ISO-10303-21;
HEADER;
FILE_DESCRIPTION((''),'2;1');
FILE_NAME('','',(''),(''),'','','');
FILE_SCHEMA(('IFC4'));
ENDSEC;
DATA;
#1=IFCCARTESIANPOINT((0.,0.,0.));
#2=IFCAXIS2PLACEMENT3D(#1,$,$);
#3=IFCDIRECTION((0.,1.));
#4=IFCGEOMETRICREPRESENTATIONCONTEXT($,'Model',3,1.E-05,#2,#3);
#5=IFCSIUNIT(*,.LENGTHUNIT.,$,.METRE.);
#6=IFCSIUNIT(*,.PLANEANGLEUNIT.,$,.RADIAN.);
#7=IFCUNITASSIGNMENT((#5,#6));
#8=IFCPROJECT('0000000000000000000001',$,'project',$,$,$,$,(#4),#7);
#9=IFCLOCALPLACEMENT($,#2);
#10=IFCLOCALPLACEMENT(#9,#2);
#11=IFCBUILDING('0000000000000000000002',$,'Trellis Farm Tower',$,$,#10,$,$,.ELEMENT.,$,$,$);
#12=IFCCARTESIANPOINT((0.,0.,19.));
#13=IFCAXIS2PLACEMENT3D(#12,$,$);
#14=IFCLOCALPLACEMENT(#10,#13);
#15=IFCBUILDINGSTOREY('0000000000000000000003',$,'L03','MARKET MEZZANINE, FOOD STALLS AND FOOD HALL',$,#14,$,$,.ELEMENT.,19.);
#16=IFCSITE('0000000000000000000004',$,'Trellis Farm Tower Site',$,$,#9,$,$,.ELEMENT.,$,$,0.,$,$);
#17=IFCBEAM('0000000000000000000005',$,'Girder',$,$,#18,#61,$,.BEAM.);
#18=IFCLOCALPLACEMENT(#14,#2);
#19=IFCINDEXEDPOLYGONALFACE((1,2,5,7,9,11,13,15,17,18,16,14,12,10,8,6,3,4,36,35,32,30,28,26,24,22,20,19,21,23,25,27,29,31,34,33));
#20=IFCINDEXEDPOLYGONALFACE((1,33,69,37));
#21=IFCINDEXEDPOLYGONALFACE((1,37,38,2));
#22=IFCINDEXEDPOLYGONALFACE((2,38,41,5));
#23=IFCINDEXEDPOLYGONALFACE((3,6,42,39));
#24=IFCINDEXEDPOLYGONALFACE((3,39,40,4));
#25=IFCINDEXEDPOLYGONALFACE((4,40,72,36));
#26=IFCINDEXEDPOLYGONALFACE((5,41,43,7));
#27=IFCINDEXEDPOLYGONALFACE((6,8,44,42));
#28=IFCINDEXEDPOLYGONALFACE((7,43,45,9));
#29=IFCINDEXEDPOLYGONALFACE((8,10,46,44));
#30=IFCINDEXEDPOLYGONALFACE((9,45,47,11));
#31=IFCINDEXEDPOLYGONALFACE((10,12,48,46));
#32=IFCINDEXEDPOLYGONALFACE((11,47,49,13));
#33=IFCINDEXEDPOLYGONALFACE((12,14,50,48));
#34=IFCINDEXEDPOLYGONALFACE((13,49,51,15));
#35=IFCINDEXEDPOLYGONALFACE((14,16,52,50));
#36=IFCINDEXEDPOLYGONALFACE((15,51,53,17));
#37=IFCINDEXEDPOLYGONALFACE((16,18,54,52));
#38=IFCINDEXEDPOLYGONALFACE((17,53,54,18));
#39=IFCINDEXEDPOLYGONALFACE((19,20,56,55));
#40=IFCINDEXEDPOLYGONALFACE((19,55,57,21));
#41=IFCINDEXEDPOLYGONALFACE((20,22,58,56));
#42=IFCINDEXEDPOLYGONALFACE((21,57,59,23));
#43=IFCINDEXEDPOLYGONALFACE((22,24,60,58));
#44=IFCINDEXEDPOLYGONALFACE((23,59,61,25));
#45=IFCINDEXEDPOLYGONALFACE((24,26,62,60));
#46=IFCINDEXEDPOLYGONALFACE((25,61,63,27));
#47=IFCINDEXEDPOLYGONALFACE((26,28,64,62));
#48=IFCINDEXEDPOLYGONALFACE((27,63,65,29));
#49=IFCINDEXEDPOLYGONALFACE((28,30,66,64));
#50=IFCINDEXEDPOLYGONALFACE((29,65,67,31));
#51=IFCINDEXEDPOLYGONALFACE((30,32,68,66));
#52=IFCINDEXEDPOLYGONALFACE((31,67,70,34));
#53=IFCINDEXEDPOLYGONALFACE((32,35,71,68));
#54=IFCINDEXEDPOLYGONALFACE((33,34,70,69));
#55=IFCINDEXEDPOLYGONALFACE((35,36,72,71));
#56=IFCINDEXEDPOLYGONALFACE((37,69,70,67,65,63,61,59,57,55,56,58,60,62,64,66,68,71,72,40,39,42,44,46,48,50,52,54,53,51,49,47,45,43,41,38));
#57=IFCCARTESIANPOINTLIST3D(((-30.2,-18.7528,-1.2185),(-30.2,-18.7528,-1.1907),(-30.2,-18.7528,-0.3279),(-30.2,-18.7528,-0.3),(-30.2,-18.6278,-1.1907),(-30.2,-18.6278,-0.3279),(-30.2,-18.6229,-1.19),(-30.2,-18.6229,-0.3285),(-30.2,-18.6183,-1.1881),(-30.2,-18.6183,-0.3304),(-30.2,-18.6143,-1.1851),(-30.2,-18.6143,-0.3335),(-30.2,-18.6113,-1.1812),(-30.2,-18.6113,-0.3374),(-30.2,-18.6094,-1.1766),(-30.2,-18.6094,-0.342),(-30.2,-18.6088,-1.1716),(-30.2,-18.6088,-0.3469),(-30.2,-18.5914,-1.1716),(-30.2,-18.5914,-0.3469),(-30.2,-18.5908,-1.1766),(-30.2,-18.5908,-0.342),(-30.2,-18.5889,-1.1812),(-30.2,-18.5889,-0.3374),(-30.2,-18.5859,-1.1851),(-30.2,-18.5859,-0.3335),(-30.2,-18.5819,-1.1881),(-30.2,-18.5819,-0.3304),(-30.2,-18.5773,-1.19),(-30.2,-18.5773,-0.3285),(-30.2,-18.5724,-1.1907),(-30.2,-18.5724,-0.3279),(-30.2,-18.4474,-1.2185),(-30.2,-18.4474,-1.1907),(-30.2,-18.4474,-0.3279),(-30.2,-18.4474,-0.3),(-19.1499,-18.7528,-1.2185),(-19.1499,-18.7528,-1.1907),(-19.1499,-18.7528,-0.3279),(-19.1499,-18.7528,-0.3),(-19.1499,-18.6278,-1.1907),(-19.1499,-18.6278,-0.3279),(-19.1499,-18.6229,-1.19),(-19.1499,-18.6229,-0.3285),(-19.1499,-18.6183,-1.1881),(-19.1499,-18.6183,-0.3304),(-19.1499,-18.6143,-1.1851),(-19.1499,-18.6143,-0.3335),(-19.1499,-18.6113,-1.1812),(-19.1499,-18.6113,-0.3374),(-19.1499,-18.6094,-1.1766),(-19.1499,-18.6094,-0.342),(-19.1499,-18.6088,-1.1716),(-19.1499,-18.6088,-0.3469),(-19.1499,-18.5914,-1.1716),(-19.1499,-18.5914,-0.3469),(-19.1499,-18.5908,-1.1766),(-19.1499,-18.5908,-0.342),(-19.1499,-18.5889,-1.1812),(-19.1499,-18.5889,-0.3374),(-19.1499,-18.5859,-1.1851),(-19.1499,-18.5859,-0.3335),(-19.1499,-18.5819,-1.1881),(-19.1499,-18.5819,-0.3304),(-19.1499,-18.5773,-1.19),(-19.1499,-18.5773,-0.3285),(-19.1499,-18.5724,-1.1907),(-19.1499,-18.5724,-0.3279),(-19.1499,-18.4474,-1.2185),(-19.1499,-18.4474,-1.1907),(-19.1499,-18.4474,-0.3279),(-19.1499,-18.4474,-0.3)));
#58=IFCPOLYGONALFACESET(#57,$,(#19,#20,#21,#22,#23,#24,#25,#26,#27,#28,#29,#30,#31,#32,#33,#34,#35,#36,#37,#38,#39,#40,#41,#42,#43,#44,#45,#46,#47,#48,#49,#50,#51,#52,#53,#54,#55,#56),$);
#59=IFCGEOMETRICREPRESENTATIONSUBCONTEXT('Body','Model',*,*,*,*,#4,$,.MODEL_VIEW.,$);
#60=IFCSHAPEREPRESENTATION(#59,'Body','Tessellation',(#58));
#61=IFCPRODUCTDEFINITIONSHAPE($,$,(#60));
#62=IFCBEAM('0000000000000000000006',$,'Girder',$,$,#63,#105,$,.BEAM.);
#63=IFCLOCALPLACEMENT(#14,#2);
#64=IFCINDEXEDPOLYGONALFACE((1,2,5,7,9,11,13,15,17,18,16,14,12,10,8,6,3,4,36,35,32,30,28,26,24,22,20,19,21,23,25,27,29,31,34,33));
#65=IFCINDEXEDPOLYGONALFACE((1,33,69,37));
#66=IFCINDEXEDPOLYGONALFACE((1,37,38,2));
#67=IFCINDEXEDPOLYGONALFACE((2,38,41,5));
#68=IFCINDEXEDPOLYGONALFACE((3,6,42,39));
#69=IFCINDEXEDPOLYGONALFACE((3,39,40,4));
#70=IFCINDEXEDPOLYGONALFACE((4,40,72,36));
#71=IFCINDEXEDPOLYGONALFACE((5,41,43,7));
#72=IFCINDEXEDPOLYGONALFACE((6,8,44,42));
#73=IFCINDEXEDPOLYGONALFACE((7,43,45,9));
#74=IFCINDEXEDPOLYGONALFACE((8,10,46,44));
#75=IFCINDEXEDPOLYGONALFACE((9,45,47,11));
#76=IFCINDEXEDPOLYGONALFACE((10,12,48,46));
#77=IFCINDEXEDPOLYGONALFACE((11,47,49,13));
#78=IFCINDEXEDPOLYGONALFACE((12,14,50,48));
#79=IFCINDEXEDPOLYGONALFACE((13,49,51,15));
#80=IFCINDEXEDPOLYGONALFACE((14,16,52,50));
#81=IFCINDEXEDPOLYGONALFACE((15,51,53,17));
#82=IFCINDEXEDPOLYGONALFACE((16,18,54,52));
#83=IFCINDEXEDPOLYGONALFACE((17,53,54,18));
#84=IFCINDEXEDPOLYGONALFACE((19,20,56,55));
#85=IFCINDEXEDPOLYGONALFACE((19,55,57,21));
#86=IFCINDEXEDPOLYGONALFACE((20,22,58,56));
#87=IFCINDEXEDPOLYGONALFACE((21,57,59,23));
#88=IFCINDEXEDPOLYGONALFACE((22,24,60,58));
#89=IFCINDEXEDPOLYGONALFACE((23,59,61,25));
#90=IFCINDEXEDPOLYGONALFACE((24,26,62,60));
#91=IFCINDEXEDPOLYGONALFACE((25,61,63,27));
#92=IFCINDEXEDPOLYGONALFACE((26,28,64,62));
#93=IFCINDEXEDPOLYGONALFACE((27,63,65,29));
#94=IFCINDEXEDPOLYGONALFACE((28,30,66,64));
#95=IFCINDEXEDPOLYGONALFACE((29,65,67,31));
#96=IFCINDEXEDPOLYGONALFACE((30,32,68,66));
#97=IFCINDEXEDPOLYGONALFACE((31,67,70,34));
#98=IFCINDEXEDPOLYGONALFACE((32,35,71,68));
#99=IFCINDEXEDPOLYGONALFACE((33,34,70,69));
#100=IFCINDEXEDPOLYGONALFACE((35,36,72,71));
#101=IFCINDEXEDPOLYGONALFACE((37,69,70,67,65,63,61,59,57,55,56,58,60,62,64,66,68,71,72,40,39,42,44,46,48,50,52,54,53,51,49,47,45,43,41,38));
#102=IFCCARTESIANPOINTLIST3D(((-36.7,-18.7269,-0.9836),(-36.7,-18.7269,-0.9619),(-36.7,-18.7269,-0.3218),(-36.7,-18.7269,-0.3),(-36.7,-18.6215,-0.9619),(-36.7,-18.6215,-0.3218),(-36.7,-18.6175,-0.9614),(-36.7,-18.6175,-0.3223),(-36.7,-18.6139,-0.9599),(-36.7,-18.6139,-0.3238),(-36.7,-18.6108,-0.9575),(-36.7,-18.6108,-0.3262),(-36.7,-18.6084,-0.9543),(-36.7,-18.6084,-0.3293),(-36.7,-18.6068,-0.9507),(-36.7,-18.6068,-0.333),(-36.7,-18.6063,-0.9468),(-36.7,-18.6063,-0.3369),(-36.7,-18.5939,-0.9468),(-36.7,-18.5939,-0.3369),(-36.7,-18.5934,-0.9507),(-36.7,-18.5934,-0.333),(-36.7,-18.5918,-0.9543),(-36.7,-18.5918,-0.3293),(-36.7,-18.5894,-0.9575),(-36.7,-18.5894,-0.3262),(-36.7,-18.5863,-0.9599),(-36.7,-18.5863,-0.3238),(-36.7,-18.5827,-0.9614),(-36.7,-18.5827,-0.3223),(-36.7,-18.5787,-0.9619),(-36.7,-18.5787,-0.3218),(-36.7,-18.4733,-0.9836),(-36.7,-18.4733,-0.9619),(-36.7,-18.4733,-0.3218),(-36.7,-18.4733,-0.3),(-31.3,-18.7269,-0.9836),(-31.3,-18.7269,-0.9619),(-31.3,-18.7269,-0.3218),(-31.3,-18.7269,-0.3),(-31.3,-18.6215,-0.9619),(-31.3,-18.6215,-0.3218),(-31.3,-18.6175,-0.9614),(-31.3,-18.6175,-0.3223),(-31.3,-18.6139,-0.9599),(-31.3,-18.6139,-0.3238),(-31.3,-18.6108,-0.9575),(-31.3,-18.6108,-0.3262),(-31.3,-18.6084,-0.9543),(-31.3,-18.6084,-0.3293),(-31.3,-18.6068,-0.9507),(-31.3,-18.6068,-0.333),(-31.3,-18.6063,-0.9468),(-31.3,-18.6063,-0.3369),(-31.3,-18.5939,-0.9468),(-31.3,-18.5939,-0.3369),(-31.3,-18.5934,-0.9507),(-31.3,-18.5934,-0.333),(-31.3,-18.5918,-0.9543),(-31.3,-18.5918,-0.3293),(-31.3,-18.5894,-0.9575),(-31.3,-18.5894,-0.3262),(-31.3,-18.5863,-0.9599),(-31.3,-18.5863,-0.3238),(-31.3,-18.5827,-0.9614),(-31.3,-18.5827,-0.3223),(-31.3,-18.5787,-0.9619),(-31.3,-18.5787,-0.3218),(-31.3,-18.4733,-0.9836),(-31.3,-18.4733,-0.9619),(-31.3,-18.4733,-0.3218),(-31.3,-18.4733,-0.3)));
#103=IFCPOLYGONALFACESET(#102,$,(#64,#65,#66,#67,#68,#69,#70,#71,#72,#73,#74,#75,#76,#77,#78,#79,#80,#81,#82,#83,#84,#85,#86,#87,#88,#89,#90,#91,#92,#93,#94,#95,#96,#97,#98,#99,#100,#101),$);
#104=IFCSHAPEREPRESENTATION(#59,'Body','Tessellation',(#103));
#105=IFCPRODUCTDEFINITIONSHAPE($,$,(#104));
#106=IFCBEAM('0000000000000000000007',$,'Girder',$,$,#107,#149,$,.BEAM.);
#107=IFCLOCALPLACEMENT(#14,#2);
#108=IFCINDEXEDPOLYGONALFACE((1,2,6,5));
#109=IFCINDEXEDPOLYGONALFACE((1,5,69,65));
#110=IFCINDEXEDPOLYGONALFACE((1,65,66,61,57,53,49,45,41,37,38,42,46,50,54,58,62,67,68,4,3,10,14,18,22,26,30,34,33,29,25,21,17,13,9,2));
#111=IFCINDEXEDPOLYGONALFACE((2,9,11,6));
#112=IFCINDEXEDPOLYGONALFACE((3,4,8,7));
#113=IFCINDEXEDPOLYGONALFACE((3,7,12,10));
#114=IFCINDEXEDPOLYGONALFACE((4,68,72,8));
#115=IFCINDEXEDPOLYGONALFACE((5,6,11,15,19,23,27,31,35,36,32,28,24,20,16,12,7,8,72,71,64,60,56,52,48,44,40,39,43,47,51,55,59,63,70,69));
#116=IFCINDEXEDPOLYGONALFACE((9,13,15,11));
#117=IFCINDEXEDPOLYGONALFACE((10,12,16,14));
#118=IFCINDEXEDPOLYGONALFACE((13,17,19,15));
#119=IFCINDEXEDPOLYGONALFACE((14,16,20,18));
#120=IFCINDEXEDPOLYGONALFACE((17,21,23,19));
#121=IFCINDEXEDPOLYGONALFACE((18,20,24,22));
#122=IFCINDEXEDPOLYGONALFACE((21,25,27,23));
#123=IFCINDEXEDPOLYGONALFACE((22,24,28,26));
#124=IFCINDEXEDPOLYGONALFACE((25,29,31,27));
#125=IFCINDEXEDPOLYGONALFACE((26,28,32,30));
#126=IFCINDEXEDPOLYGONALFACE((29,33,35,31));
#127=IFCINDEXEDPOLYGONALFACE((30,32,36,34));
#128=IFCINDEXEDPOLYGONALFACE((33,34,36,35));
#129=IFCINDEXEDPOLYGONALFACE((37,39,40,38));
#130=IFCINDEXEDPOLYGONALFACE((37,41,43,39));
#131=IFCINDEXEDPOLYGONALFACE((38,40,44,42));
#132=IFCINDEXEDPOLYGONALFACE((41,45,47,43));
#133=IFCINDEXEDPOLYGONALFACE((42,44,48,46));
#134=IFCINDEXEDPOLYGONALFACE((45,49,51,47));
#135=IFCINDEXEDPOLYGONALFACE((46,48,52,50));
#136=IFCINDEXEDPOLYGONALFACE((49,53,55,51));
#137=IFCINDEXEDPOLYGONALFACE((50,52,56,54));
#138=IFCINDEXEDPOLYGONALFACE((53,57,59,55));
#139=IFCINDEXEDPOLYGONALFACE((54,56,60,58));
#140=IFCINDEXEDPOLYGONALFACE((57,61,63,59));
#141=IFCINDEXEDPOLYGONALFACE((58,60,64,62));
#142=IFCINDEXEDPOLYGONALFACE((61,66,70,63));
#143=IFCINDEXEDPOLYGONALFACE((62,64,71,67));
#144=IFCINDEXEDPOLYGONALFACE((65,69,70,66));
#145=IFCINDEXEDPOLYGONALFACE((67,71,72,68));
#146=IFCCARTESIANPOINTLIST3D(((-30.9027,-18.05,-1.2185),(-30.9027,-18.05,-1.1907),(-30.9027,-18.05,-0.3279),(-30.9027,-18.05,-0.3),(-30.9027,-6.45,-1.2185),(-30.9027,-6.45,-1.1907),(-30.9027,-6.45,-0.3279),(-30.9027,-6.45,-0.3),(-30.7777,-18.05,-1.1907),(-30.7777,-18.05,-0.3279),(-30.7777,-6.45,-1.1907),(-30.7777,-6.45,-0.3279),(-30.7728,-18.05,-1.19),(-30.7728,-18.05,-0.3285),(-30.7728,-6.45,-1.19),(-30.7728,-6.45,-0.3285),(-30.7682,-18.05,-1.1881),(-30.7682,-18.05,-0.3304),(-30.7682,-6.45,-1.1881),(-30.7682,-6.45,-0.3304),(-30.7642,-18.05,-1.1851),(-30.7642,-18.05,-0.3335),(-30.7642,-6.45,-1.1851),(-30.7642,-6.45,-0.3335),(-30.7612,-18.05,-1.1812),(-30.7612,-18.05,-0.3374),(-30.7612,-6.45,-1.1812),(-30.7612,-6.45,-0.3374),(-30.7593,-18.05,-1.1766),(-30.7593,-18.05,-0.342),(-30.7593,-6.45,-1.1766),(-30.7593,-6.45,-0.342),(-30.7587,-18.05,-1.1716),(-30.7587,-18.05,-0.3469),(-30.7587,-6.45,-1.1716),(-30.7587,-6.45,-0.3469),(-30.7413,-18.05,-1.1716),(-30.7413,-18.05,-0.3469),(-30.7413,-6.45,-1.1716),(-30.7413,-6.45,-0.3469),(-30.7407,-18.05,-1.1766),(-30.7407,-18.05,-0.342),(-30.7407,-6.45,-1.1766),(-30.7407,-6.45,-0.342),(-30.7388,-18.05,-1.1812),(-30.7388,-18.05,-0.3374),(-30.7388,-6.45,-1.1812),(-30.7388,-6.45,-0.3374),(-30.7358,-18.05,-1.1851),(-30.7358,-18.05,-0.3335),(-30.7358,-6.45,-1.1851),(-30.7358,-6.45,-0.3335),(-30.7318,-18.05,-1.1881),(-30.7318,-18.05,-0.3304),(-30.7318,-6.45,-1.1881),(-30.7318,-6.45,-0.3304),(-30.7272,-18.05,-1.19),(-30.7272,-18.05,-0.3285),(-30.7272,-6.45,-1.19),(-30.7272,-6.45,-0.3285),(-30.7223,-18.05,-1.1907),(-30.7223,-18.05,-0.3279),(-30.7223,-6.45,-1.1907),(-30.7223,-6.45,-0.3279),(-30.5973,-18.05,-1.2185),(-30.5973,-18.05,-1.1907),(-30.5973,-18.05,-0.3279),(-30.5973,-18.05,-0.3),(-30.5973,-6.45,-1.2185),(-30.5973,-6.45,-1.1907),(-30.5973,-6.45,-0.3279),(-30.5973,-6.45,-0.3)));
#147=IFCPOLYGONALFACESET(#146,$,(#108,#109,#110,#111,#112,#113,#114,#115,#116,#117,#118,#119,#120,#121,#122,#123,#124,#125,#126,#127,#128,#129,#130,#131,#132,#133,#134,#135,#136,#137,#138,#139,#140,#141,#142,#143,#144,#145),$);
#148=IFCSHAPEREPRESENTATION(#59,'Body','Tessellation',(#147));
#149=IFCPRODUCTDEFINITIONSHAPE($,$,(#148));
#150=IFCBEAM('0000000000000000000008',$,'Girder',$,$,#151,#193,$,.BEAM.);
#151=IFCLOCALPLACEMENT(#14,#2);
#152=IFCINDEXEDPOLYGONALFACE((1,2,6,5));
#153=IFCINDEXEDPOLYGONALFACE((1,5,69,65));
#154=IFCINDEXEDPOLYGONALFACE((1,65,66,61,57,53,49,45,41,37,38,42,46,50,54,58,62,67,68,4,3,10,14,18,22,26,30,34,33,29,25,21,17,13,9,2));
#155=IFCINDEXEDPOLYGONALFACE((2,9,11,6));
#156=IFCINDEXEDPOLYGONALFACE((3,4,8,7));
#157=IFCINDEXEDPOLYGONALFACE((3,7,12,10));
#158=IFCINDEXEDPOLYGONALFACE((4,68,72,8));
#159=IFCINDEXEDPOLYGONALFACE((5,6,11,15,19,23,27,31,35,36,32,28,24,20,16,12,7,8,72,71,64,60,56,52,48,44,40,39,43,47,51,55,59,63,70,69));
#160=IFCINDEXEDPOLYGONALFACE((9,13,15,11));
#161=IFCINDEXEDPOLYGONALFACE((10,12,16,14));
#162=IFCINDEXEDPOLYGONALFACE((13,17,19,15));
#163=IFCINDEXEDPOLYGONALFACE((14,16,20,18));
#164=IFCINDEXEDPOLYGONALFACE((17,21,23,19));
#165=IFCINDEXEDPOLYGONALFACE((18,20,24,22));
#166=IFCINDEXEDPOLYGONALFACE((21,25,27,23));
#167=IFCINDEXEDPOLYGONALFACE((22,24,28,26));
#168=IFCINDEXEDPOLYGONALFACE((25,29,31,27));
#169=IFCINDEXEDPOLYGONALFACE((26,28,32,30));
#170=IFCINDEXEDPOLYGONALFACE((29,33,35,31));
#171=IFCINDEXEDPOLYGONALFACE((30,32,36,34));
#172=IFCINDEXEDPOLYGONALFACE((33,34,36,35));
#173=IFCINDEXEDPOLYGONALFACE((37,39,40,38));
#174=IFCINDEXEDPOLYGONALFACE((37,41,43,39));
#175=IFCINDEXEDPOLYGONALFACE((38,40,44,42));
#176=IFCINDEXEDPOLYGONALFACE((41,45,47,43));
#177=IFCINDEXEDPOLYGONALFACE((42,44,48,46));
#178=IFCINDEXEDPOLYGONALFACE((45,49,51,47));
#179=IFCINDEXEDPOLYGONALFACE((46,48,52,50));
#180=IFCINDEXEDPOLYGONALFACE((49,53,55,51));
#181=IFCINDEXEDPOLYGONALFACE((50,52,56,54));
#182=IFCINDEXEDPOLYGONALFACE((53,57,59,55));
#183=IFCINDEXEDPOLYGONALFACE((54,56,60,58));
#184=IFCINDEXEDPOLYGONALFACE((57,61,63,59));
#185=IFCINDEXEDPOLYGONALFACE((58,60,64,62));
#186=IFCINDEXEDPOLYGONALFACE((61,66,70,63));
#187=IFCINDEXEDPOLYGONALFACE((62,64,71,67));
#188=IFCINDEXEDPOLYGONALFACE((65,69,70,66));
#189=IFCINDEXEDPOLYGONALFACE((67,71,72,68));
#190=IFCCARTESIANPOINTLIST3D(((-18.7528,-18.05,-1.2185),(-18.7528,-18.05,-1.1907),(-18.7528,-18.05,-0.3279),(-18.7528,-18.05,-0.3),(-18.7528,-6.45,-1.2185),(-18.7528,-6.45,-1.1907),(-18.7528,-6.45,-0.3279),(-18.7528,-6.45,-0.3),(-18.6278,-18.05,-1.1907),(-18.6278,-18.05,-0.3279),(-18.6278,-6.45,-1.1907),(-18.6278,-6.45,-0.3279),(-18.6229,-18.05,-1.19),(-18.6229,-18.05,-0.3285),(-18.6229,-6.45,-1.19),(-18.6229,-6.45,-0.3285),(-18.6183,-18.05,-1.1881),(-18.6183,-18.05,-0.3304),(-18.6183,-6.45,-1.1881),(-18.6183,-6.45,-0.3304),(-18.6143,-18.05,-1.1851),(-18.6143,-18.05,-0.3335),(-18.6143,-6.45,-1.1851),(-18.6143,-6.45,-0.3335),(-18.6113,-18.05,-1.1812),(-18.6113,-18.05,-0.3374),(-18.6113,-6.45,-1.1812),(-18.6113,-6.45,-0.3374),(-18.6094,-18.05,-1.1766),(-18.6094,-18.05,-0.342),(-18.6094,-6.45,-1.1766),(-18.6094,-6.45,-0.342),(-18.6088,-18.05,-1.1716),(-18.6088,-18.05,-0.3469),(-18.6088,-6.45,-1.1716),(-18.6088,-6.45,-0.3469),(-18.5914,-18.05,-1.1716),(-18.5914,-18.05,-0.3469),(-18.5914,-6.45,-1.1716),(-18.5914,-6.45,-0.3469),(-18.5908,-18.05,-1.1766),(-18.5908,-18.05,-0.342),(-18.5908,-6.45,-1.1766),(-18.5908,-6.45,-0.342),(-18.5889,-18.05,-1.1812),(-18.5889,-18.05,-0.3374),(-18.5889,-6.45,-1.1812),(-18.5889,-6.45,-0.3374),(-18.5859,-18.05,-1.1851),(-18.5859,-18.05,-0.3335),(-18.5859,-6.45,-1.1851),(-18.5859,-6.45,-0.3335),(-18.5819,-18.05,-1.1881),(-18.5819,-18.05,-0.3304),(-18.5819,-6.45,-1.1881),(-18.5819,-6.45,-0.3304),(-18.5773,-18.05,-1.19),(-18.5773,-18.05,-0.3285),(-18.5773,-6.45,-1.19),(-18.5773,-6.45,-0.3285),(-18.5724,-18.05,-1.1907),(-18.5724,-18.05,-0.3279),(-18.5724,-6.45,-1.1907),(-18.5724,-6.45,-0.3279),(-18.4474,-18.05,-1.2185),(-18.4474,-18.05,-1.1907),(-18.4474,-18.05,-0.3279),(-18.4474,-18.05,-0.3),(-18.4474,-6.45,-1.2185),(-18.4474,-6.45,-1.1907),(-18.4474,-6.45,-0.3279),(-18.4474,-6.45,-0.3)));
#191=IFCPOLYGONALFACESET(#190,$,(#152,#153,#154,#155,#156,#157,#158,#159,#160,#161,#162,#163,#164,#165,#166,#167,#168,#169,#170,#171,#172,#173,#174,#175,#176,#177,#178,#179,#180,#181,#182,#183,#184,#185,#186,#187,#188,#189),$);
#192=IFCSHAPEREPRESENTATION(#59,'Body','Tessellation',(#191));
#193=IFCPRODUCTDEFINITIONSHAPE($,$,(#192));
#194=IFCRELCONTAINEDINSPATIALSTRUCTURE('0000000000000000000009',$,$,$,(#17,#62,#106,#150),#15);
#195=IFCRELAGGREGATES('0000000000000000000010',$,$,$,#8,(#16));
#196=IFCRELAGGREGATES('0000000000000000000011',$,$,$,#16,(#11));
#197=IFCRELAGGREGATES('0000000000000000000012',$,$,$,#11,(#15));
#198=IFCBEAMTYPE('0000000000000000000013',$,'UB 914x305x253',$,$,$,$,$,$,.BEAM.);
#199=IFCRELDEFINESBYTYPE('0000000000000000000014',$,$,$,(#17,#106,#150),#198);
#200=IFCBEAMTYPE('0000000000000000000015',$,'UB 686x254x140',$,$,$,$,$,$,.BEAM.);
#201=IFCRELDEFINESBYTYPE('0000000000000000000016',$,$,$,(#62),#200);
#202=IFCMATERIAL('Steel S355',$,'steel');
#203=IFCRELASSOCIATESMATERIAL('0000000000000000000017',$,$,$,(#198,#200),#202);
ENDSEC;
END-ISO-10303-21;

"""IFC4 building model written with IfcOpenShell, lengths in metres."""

from ifc_helpers import new_model, si_unit, direction, frame, origin, origin_2d, place, context, subcontext, project, spatial, i_section, extrude, source, transform, mapped, material, material_profile, profile_set, type_object, element, save


model = new_model("IFC4")

# Units and contexts
model_context = context("Model", 3, precision=1e-05, world=origin(), true_north=direction((0.0, 1.0)))
body_context = subcontext(model_context, "Body", "Model", "MODEL_VIEW")
ifc_project = project(units=[si_unit("LENGTHUNIT", "METRE"), si_unit("PLANEANGLEUNIT", "RADIAN")], contexts=[model_context])

# Site, building, storey
site_placement = place(None, origin())
site = spatial("IfcSite", under=ifc_project, at=site_placement, Name="Trellis Farm Tower Site", CompositionType="ELEMENT", RefElevation=0.0)
building_placement = place(site_placement, origin())
building = spatial("IfcBuilding", under=site, at=building_placement, Name="Trellis Farm Tower", CompositionType="ELEMENT")
storey_placement = place(building_placement, frame((0.0, 0.0, 19.0)))
storey = spatial("IfcBuildingStorey", under=building, at=storey_placement, Name="L03", Description="MARKET MEZZANINE, FOOD STALLS AND FOOD HALL", CompositionType="ELEMENT", Elevation=19.0)

# Beams
ifc_material_1 = material(Name="Steel S355", Category="steel")
ifc_material_profile_1 = material_profile(ifc_material_1, i_section(OverallWidth=0.3054, OverallDepth=0.9185, WebThickness=0.0173, FlangeThickness=0.0278, FilletRadius=0.019, at=origin_2d()), Name="UB 914x305x253")
ifc_profile_set_1 = profile_set([ifc_material_profile_1], Name="Steel S355")
beam_type_1 = type_object("IfcBeamType", Name="UB 914x305x253", PredefinedType="BEAM", material=ifc_profile_set_1)
shared_shape_1 = source(origin(), body_context, "Body", "SweptSolid", [
    extrude(i_section(OverallWidth=0.3054, OverallDepth=0.9185, WebThickness=0.0173, FlangeThickness=0.0278, FilletRadius=0.019, at=origin_2d()), origin(), (0.0, 0.0, 1.0), 11.05),
])
beam_1_placement = place(storey_placement, frame((-30.2, -18.6001, -0.7593), z_axis=(1.0, 0.0, 0.0), x_axis=(0.0, 1.0, 0.0)))
element("IfcBeam", 1, at=beam_1_placement, inside=storey, type_object=beam_type_1, Name="Girder", PredefinedType="BEAM", context=body_context, shape_type="MappedRepresentation", body=[
    mapped(shared_shape_1, transform((0.0, 0.0, 0.0))),
])
ifc_material_profile_2 = material_profile(ifc_material_1, i_section(OverallWidth=0.2537, OverallDepth=0.6836, WebThickness=0.0125, FlangeThickness=0.0217, FilletRadius=0.0151, at=origin_2d()), Name="UB 686x254x140")
ifc_profile_set_2 = profile_set([ifc_material_profile_2], Name="Steel S355")
beam_type_2 = type_object("IfcBeamType", Name="UB 686x254x140", PredefinedType="BEAM", material=ifc_profile_set_2)
shared_shape_2 = source(origin(), body_context, "Body", "SweptSolid", [
    extrude(i_section(OverallWidth=0.2537, OverallDepth=0.6836, WebThickness=0.0125, FlangeThickness=0.0217, FilletRadius=0.0151, at=origin_2d()), origin(), (0.0, 0.0, 1.0), 5.3999),
])
beam_2_placement = place(storey_placement, frame((-36.7, -18.6001, -0.6418), z_axis=(1.0, 0.0, 0.0), x_axis=(0.0, 1.0, 0.0)))
element("IfcBeam", 2, at=beam_2_placement, inside=storey, type_object=beam_type_2, Name="Girder", PredefinedType="BEAM", context=body_context, shape_type="MappedRepresentation", body=[
    mapped(shared_shape_2, transform((0.0, 0.0, 0.0))),
])
shared_shape_3 = source(origin(), body_context, "Body", "SweptSolid", [
    extrude(i_section(OverallWidth=0.3054, OverallDepth=0.9185, WebThickness=0.0173, FlangeThickness=0.0278, FilletRadius=0.019, at=origin_2d()), origin(), (0.0, 0.0, 1.0), 11.6001),
])
for number, where, z_axis, x_axis, name in (
    (3, (-30.75, -18.05, -0.7593), (0.0, 1.0, 0.0), (-1.0, 0.0, 0.0), "Girder"),
    (4, (-18.6001, -18.05, -0.7593), (0.0, 1.0, 0.0), (-1.0, 0.0, 0.0), "Girder"),
):
    element("IfcBeam", number, at=place(storey_placement, frame(where, z_axis=z_axis, x_axis=x_axis)), inside=storey, type_object=beam_type_1, Name=name, PredefinedType="BEAM", context=body_context, shape_type="MappedRepresentation", body=[
        mapped(shared_shape_3, transform((0.0, 0.0, 0.0))),
    ])

save(model, "model.ifc")
